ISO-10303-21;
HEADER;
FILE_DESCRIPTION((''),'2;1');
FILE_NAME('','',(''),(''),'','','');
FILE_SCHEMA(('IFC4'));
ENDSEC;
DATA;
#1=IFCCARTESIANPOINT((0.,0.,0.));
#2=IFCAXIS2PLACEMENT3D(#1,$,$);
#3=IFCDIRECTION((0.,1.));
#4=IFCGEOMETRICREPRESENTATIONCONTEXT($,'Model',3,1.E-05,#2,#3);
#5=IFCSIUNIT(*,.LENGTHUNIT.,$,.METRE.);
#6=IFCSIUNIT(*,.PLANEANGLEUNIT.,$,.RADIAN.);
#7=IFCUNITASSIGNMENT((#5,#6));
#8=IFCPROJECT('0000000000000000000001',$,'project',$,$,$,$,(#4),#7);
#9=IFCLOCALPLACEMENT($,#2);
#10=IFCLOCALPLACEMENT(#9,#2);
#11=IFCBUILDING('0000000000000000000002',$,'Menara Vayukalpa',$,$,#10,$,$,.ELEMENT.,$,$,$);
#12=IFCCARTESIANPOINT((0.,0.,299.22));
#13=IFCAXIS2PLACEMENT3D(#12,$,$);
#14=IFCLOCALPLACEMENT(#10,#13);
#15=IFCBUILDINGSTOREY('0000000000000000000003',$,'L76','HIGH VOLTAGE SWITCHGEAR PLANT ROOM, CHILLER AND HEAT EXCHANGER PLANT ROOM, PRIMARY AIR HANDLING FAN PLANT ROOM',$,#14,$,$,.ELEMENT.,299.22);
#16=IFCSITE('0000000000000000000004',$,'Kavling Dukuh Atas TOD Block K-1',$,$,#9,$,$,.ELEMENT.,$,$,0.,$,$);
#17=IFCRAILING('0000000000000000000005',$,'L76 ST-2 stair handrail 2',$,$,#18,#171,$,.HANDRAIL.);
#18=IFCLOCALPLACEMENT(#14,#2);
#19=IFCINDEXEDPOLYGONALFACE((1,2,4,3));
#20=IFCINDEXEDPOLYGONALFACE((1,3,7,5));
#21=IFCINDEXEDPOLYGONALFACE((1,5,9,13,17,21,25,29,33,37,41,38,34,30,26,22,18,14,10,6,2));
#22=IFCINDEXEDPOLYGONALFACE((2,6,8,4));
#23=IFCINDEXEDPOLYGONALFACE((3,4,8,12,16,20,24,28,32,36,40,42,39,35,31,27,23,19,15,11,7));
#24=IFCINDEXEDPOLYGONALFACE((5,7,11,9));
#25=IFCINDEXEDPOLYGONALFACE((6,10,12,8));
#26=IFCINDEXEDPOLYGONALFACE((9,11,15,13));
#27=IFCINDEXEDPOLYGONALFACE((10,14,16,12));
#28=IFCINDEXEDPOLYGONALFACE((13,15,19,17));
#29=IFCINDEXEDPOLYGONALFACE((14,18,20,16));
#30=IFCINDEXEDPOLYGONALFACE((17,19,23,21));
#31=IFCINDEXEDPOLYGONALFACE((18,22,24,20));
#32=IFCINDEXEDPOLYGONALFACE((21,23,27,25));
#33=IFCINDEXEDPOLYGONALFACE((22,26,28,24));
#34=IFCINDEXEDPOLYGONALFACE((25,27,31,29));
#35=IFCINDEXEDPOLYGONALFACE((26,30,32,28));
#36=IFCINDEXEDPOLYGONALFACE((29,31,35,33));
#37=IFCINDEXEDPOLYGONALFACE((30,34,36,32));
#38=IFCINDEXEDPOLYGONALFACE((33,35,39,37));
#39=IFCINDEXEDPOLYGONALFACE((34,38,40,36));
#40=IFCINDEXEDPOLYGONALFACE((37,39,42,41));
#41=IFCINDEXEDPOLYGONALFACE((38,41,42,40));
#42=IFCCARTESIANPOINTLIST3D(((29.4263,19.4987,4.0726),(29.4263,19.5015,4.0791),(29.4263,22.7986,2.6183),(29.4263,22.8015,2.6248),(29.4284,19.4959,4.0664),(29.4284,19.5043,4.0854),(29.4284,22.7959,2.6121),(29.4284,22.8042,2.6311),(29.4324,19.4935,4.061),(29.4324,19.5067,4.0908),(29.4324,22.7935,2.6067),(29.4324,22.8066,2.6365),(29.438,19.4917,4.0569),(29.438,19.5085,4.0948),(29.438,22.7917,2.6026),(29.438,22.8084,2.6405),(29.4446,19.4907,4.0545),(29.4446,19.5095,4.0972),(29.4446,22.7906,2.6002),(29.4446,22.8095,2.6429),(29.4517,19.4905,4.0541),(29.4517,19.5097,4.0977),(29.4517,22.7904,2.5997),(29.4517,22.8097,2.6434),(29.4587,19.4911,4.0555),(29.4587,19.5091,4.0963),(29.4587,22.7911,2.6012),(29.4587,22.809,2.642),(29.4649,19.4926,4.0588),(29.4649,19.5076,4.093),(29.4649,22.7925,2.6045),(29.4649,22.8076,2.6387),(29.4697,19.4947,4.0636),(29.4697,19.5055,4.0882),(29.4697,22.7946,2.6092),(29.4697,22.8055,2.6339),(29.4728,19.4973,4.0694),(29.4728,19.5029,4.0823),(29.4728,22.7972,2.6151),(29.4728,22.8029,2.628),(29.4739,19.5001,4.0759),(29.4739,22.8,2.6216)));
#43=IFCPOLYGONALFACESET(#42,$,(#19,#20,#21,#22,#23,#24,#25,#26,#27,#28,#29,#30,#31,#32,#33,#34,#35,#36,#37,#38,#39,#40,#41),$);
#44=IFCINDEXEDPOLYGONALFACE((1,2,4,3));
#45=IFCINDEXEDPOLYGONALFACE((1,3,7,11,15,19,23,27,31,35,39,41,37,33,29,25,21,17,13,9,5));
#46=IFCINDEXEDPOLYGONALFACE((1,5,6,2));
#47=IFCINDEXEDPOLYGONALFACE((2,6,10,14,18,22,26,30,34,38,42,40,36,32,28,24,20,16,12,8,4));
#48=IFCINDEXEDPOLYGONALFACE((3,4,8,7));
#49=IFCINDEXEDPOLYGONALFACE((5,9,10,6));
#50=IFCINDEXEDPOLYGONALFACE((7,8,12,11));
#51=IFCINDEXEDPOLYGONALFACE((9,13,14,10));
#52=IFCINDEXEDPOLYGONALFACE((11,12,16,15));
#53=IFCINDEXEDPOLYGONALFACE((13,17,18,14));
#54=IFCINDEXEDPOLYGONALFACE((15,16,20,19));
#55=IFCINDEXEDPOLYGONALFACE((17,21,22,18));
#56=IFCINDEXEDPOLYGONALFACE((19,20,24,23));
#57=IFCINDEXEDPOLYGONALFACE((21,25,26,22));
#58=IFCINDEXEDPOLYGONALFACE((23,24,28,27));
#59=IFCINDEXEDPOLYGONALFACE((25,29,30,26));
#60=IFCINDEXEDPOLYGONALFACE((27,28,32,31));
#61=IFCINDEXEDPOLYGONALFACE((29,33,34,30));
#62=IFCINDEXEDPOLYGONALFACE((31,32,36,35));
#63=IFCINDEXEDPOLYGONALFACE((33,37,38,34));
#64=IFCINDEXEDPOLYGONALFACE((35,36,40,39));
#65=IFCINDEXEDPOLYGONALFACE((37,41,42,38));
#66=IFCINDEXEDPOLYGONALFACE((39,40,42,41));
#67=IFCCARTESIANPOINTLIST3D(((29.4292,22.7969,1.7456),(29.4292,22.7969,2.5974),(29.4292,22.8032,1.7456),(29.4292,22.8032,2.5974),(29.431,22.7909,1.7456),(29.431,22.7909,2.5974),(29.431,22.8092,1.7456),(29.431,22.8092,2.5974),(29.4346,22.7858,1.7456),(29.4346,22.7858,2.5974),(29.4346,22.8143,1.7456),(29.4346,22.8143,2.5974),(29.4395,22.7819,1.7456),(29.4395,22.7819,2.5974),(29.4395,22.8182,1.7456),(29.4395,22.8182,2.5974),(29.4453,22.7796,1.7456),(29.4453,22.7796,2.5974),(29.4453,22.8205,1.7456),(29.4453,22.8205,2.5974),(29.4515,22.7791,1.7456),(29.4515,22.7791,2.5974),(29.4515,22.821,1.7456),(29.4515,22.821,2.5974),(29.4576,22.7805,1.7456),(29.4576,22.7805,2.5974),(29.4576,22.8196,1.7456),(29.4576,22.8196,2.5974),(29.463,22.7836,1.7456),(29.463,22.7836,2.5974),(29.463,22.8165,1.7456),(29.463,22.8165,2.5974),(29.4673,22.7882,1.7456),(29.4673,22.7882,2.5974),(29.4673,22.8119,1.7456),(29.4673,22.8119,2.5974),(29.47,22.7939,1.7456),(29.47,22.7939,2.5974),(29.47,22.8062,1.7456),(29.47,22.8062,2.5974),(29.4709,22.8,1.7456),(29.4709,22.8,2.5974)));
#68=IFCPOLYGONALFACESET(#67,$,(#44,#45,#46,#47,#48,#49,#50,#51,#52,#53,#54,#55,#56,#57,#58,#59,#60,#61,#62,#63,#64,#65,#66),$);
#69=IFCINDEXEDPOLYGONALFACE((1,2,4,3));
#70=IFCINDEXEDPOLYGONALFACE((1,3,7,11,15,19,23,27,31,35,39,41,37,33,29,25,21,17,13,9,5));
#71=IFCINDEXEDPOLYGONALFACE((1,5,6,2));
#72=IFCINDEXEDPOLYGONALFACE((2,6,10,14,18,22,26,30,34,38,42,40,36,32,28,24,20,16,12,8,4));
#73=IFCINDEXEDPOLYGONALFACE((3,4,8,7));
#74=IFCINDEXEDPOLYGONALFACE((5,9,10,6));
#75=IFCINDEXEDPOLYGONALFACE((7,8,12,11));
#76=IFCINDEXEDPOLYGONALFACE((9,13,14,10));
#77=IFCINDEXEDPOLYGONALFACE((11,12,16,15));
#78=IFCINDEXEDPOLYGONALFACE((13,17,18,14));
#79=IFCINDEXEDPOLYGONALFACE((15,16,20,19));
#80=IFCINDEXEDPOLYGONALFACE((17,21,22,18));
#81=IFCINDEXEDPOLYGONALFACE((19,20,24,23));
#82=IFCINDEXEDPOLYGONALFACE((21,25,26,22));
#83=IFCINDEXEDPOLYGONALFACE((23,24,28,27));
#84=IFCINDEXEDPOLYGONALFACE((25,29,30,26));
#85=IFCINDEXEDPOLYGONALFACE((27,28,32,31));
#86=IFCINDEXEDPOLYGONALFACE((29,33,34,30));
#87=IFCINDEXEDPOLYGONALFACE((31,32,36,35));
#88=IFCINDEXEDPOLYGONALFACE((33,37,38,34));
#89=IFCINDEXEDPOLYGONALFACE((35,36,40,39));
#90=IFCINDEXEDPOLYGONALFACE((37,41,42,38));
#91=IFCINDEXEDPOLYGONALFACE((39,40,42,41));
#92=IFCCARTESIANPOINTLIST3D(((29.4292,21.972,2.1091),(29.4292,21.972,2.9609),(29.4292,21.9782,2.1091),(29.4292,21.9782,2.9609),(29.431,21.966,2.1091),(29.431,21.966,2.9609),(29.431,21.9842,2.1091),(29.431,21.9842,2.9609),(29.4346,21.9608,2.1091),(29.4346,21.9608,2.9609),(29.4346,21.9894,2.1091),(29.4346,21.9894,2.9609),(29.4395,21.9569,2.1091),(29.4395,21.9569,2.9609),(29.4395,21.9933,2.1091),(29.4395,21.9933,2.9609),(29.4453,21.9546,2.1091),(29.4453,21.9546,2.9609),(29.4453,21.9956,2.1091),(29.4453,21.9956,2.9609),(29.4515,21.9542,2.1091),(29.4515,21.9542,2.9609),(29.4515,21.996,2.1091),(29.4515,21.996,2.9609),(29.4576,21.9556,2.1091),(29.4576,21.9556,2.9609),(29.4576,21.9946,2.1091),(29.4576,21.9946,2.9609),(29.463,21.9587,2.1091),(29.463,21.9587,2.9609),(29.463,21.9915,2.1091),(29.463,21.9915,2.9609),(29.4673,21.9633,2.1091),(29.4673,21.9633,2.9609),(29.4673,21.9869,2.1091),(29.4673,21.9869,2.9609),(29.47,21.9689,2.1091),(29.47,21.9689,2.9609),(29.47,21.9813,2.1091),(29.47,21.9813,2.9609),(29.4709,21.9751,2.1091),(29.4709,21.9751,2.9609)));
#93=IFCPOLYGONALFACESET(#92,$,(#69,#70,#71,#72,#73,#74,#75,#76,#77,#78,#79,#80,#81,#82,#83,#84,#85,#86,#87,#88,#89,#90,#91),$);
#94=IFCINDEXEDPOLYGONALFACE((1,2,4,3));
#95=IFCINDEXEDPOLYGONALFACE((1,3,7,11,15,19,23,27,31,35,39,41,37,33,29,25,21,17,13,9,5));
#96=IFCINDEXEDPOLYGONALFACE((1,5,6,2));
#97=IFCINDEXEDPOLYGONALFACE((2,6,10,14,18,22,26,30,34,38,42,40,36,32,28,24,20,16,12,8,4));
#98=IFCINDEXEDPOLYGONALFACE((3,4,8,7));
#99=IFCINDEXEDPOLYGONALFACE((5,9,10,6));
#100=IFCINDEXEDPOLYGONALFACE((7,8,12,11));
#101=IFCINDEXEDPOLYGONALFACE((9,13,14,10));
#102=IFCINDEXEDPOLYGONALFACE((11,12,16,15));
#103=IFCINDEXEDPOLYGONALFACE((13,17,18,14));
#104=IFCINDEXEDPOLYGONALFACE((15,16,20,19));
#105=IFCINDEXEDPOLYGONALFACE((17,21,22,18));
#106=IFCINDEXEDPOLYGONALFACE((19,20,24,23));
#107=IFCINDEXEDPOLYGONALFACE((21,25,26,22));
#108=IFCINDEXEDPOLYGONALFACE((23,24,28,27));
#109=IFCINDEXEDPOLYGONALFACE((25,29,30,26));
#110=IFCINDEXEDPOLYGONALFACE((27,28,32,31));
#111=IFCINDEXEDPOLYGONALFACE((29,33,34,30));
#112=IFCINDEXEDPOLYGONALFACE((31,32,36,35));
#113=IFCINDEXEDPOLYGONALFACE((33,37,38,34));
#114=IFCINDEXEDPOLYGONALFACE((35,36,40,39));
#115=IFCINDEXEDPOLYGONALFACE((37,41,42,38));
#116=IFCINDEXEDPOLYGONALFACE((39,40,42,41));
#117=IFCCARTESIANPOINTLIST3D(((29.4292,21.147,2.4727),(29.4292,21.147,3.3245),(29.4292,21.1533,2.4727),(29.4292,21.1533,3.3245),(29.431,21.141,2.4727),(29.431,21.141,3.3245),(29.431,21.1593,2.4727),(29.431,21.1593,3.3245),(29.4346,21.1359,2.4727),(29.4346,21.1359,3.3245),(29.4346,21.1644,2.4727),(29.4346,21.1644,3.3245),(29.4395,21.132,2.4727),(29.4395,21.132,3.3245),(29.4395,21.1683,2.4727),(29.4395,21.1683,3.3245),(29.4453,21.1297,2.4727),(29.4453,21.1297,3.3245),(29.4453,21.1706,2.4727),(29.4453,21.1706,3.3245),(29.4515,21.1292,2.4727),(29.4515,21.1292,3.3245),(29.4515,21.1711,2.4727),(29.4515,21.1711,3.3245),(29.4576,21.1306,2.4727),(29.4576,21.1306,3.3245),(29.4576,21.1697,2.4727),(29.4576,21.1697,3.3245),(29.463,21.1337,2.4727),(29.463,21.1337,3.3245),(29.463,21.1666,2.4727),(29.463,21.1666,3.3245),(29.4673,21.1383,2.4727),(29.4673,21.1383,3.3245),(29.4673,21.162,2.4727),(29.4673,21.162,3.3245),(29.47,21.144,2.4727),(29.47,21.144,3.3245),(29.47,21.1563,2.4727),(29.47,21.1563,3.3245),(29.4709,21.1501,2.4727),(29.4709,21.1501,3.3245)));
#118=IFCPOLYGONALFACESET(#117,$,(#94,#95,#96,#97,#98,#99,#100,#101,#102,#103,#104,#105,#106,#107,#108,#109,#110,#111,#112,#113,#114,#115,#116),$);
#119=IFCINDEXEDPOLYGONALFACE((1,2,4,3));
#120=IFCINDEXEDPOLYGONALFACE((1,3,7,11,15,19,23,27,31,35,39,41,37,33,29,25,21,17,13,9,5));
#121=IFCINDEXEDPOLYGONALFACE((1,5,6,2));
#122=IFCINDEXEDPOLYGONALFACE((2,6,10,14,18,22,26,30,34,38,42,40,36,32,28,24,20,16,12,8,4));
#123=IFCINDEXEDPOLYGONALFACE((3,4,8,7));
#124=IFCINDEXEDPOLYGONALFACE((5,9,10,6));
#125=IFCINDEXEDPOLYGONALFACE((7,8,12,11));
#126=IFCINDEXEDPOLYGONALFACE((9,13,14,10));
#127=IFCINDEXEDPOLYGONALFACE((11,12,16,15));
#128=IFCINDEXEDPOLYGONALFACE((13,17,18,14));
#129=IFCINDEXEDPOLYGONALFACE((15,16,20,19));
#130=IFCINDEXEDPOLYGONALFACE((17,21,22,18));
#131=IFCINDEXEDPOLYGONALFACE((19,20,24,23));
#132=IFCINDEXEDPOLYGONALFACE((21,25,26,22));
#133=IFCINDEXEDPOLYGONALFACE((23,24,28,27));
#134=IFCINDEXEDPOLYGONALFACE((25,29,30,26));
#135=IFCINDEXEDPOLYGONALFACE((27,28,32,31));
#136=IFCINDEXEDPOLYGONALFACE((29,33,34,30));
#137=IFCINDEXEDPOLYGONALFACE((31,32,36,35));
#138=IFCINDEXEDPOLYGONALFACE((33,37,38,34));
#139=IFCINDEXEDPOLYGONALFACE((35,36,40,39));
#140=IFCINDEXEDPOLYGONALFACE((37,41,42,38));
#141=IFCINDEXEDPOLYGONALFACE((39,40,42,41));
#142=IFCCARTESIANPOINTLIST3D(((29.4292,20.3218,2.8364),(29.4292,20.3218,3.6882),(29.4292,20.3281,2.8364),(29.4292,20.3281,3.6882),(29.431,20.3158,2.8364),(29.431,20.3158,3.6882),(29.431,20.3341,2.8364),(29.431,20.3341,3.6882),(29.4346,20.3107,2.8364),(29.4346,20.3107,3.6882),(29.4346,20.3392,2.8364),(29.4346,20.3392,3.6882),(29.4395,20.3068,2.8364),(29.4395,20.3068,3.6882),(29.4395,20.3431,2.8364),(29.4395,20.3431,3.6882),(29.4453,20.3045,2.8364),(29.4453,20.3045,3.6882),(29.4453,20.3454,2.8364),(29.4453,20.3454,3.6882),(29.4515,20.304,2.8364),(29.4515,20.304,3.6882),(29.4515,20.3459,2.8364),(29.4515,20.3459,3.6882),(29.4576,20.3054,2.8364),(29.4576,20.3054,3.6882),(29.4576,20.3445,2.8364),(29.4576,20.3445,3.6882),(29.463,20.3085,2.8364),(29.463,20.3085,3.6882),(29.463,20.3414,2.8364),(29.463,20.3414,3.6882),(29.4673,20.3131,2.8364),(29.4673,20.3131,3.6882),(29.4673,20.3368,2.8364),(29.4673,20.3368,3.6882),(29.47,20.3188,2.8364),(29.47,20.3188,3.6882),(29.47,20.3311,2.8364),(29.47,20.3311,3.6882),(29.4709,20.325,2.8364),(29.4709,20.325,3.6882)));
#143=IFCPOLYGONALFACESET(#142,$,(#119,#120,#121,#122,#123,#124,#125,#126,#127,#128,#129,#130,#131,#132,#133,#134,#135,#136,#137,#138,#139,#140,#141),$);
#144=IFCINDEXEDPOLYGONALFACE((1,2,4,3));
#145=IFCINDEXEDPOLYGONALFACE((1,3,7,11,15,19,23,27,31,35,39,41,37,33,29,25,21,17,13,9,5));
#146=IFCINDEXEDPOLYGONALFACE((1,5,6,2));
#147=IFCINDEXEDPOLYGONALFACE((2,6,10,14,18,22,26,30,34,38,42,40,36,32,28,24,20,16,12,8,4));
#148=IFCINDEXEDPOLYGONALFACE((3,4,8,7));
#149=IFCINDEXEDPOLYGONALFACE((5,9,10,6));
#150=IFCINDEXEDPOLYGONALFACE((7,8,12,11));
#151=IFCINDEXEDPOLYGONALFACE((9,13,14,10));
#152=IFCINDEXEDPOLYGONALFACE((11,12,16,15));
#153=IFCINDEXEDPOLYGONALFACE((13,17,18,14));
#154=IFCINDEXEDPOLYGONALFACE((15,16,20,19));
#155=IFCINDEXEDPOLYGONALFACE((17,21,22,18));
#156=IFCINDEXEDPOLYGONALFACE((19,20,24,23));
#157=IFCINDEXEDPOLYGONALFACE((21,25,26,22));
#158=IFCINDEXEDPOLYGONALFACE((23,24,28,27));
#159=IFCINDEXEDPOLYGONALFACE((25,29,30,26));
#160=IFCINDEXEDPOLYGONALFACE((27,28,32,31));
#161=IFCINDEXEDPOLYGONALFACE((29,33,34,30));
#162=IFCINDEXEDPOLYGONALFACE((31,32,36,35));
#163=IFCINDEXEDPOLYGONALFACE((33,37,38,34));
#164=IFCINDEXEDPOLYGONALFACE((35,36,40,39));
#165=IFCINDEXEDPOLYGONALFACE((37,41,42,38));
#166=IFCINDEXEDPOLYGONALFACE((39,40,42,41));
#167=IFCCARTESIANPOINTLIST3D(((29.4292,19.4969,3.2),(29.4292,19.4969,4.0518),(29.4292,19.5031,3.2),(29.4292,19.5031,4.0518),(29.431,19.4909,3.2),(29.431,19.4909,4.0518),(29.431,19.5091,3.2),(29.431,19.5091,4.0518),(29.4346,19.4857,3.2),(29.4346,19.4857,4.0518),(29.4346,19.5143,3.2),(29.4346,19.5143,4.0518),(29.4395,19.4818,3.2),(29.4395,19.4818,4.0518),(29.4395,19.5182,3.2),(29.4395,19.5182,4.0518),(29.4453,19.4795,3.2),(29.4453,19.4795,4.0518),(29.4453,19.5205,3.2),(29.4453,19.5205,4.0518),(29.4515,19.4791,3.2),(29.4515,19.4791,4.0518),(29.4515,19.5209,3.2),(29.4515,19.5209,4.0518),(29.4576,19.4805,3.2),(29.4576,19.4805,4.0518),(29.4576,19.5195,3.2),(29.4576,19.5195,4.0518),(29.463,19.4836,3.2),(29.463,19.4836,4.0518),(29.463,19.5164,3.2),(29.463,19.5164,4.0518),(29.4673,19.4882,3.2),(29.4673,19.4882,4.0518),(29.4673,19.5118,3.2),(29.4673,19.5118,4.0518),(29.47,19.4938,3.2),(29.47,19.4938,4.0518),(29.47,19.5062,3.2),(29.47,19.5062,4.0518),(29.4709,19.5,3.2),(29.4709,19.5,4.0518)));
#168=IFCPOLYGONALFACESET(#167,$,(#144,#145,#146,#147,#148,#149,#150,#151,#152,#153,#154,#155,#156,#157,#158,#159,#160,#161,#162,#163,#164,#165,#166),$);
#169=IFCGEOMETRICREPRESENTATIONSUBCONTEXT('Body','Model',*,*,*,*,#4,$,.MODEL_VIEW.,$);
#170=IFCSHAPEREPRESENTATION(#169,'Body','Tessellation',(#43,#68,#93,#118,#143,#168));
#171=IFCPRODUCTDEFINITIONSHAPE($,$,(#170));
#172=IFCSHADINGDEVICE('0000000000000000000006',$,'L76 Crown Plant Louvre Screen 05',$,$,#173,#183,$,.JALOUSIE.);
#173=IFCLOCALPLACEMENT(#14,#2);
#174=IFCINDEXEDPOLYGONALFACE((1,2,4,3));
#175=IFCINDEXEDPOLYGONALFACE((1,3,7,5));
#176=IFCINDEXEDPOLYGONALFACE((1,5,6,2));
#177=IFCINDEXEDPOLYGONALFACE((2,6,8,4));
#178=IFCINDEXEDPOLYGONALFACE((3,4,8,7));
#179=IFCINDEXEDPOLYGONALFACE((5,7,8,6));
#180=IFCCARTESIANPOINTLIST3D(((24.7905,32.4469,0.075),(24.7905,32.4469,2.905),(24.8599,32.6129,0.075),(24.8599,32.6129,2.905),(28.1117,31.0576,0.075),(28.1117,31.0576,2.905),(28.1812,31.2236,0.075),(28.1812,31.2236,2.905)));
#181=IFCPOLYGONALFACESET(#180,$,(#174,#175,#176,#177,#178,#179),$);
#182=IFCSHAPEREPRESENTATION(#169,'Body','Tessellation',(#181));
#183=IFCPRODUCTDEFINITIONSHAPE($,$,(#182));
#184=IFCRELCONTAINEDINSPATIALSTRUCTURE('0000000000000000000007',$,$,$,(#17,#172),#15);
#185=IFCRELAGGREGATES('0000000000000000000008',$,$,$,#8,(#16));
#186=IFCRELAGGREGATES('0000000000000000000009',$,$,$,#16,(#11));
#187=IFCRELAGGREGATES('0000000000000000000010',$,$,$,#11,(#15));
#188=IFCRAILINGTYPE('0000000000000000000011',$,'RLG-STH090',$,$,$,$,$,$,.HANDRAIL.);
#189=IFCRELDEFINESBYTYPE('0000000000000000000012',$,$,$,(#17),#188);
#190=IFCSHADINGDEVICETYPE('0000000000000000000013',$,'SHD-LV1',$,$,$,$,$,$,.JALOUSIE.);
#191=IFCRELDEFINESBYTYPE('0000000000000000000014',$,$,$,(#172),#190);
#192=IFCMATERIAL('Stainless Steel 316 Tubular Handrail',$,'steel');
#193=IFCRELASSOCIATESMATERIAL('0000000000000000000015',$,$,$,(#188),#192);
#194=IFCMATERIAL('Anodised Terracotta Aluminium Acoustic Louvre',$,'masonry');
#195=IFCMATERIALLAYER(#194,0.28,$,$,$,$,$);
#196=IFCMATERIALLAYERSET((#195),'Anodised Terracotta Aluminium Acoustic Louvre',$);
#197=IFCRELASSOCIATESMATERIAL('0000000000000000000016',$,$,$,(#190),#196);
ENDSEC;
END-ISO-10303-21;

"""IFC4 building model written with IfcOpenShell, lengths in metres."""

from ifc_helpers import new_model, si_unit, direction, frame, origin, origin_2d, place, context, subcontext, project, spatial, rectangle, circle, extrude, material, layer, layer_set, type_object, element, save


model = new_model("IFC4")

# Units and contexts
model_context = context("Model", 3, precision=1e-05, world=origin(), true_north=direction((0.0, 1.0)))
body_context = subcontext(model_context, "Body", "Model", "MODEL_VIEW")
ifc_project = project(units=[si_unit("LENGTHUNIT", "METRE"), si_unit("PLANEANGLEUNIT", "RADIAN")], contexts=[model_context])

# Site, building, storey
site_placement = place(None, origin())
site = spatial("IfcSite", under=ifc_project, at=site_placement, Name="Kavling Dukuh Atas TOD Block K-1", CompositionType="ELEMENT", RefElevation=0.0)
building_placement = place(site_placement, origin())
building = spatial("IfcBuilding", under=site, at=building_placement, Name="Menara Vayukalpa", CompositionType="ELEMENT")
storey_placement = place(building_placement, frame((0.0, 0.0, 299.22)))
storey = spatial("IfcBuildingStorey", under=building, at=storey_placement, Name="L76", Description="HIGH VOLTAGE SWITCHGEAR PLANT ROOM, CHILLER AND HEAT EXCHANGER PLANT ROOM, PRIMARY AIR HANDLING FAN PLANT ROOM", CompositionType="ELEMENT", Elevation=299.22)

# Railing
ifc_material_1 = material(Name="Stainless Steel 316 Tubular Handrail", Category="steel")
railing_type_1 = type_object("IfcRailingType", Name="RLG-STH090", PredefinedType="HANDRAIL", material=ifc_material_1)
railing_1_placement = place(storey_placement, frame((29.45, 22.8, 1.7456)))
element("IfcRailing", 1, at=railing_1_placement, inside=storey, type_object=railing_type_1, Name="L76 ST-2 stair handrail 2", PredefinedType="HANDRAIL", context=body_context, shape_type="SweptSolid", body=[
    extrude(circle(Radius=0.0239, at=origin_2d()), frame((0.0, 0.0, 0.876), z_axis=(0.0, -0.915077, 0.403278), x_axis=(1.0, 0.0, 0.0)), (0.0, 0.0, 1.0), 3.6062),
    extrude(circle(Radius=0.021, at=origin_2d()), origin(), (0.0, 0.0, 1.0), 0.8518),
    extrude(circle(Radius=0.021, at=origin_2d()), frame((0.0, -0.825, 0.3635)), (0.0, 0.0, 1.0), 0.8518),
    extrude(circle(Radius=0.021, at=origin_2d()), frame((0.0, -1.6499, 0.7271)), (0.0, 0.0, 1.0), 0.8518),
    extrude(circle(Radius=0.021, at=origin_2d()), frame((0.0, -2.4751, 1.0908)), (0.0, 0.0, 1.0), 0.8518),
    extrude(circle(Radius=0.021, at=origin_2d()), frame((0.0, -3.3, 1.4543)), (0.0, 0.0, 1.0), 0.8518),
])

# Shading device
ifc_material_2 = material(Name="Anodised Terracotta Aluminium Acoustic Louvre", Category="masonry")
ifc_layer_1 = layer(ifc_material_2, 0.28)
ifc_layer_set_1 = layer_set([ifc_layer_1], Name="Anodised Terracotta Aluminium Acoustic Louvre")
shading_device_type = type_object("IfcShadingDeviceType", Name="SHD-LV1", PredefinedType="JALOUSIE", material=ifc_layer_set_1)
shading_device_placement = place(storey_placement, frame((26.4858, 31.8352, 0.075), z_axis=(0.0, 0.0, 1.0), x_axis=(-0.922538, 0.385906, 0.0)))
element("IfcShadingDevice", 2, at=shading_device_placement, inside=storey, type_object=shading_device_type, Name="L76 Crown Plant Louvre Screen 05", PredefinedType="JALOUSIE", context=body_context, shape_type="SweptSolid", body=[
    extrude(rectangle(XDim=3.6001, YDim=0.1799, at=origin_2d()), origin(), (0.0, 0.0, 1.0), 2.8301),
])

save(model, "model.ifc")
